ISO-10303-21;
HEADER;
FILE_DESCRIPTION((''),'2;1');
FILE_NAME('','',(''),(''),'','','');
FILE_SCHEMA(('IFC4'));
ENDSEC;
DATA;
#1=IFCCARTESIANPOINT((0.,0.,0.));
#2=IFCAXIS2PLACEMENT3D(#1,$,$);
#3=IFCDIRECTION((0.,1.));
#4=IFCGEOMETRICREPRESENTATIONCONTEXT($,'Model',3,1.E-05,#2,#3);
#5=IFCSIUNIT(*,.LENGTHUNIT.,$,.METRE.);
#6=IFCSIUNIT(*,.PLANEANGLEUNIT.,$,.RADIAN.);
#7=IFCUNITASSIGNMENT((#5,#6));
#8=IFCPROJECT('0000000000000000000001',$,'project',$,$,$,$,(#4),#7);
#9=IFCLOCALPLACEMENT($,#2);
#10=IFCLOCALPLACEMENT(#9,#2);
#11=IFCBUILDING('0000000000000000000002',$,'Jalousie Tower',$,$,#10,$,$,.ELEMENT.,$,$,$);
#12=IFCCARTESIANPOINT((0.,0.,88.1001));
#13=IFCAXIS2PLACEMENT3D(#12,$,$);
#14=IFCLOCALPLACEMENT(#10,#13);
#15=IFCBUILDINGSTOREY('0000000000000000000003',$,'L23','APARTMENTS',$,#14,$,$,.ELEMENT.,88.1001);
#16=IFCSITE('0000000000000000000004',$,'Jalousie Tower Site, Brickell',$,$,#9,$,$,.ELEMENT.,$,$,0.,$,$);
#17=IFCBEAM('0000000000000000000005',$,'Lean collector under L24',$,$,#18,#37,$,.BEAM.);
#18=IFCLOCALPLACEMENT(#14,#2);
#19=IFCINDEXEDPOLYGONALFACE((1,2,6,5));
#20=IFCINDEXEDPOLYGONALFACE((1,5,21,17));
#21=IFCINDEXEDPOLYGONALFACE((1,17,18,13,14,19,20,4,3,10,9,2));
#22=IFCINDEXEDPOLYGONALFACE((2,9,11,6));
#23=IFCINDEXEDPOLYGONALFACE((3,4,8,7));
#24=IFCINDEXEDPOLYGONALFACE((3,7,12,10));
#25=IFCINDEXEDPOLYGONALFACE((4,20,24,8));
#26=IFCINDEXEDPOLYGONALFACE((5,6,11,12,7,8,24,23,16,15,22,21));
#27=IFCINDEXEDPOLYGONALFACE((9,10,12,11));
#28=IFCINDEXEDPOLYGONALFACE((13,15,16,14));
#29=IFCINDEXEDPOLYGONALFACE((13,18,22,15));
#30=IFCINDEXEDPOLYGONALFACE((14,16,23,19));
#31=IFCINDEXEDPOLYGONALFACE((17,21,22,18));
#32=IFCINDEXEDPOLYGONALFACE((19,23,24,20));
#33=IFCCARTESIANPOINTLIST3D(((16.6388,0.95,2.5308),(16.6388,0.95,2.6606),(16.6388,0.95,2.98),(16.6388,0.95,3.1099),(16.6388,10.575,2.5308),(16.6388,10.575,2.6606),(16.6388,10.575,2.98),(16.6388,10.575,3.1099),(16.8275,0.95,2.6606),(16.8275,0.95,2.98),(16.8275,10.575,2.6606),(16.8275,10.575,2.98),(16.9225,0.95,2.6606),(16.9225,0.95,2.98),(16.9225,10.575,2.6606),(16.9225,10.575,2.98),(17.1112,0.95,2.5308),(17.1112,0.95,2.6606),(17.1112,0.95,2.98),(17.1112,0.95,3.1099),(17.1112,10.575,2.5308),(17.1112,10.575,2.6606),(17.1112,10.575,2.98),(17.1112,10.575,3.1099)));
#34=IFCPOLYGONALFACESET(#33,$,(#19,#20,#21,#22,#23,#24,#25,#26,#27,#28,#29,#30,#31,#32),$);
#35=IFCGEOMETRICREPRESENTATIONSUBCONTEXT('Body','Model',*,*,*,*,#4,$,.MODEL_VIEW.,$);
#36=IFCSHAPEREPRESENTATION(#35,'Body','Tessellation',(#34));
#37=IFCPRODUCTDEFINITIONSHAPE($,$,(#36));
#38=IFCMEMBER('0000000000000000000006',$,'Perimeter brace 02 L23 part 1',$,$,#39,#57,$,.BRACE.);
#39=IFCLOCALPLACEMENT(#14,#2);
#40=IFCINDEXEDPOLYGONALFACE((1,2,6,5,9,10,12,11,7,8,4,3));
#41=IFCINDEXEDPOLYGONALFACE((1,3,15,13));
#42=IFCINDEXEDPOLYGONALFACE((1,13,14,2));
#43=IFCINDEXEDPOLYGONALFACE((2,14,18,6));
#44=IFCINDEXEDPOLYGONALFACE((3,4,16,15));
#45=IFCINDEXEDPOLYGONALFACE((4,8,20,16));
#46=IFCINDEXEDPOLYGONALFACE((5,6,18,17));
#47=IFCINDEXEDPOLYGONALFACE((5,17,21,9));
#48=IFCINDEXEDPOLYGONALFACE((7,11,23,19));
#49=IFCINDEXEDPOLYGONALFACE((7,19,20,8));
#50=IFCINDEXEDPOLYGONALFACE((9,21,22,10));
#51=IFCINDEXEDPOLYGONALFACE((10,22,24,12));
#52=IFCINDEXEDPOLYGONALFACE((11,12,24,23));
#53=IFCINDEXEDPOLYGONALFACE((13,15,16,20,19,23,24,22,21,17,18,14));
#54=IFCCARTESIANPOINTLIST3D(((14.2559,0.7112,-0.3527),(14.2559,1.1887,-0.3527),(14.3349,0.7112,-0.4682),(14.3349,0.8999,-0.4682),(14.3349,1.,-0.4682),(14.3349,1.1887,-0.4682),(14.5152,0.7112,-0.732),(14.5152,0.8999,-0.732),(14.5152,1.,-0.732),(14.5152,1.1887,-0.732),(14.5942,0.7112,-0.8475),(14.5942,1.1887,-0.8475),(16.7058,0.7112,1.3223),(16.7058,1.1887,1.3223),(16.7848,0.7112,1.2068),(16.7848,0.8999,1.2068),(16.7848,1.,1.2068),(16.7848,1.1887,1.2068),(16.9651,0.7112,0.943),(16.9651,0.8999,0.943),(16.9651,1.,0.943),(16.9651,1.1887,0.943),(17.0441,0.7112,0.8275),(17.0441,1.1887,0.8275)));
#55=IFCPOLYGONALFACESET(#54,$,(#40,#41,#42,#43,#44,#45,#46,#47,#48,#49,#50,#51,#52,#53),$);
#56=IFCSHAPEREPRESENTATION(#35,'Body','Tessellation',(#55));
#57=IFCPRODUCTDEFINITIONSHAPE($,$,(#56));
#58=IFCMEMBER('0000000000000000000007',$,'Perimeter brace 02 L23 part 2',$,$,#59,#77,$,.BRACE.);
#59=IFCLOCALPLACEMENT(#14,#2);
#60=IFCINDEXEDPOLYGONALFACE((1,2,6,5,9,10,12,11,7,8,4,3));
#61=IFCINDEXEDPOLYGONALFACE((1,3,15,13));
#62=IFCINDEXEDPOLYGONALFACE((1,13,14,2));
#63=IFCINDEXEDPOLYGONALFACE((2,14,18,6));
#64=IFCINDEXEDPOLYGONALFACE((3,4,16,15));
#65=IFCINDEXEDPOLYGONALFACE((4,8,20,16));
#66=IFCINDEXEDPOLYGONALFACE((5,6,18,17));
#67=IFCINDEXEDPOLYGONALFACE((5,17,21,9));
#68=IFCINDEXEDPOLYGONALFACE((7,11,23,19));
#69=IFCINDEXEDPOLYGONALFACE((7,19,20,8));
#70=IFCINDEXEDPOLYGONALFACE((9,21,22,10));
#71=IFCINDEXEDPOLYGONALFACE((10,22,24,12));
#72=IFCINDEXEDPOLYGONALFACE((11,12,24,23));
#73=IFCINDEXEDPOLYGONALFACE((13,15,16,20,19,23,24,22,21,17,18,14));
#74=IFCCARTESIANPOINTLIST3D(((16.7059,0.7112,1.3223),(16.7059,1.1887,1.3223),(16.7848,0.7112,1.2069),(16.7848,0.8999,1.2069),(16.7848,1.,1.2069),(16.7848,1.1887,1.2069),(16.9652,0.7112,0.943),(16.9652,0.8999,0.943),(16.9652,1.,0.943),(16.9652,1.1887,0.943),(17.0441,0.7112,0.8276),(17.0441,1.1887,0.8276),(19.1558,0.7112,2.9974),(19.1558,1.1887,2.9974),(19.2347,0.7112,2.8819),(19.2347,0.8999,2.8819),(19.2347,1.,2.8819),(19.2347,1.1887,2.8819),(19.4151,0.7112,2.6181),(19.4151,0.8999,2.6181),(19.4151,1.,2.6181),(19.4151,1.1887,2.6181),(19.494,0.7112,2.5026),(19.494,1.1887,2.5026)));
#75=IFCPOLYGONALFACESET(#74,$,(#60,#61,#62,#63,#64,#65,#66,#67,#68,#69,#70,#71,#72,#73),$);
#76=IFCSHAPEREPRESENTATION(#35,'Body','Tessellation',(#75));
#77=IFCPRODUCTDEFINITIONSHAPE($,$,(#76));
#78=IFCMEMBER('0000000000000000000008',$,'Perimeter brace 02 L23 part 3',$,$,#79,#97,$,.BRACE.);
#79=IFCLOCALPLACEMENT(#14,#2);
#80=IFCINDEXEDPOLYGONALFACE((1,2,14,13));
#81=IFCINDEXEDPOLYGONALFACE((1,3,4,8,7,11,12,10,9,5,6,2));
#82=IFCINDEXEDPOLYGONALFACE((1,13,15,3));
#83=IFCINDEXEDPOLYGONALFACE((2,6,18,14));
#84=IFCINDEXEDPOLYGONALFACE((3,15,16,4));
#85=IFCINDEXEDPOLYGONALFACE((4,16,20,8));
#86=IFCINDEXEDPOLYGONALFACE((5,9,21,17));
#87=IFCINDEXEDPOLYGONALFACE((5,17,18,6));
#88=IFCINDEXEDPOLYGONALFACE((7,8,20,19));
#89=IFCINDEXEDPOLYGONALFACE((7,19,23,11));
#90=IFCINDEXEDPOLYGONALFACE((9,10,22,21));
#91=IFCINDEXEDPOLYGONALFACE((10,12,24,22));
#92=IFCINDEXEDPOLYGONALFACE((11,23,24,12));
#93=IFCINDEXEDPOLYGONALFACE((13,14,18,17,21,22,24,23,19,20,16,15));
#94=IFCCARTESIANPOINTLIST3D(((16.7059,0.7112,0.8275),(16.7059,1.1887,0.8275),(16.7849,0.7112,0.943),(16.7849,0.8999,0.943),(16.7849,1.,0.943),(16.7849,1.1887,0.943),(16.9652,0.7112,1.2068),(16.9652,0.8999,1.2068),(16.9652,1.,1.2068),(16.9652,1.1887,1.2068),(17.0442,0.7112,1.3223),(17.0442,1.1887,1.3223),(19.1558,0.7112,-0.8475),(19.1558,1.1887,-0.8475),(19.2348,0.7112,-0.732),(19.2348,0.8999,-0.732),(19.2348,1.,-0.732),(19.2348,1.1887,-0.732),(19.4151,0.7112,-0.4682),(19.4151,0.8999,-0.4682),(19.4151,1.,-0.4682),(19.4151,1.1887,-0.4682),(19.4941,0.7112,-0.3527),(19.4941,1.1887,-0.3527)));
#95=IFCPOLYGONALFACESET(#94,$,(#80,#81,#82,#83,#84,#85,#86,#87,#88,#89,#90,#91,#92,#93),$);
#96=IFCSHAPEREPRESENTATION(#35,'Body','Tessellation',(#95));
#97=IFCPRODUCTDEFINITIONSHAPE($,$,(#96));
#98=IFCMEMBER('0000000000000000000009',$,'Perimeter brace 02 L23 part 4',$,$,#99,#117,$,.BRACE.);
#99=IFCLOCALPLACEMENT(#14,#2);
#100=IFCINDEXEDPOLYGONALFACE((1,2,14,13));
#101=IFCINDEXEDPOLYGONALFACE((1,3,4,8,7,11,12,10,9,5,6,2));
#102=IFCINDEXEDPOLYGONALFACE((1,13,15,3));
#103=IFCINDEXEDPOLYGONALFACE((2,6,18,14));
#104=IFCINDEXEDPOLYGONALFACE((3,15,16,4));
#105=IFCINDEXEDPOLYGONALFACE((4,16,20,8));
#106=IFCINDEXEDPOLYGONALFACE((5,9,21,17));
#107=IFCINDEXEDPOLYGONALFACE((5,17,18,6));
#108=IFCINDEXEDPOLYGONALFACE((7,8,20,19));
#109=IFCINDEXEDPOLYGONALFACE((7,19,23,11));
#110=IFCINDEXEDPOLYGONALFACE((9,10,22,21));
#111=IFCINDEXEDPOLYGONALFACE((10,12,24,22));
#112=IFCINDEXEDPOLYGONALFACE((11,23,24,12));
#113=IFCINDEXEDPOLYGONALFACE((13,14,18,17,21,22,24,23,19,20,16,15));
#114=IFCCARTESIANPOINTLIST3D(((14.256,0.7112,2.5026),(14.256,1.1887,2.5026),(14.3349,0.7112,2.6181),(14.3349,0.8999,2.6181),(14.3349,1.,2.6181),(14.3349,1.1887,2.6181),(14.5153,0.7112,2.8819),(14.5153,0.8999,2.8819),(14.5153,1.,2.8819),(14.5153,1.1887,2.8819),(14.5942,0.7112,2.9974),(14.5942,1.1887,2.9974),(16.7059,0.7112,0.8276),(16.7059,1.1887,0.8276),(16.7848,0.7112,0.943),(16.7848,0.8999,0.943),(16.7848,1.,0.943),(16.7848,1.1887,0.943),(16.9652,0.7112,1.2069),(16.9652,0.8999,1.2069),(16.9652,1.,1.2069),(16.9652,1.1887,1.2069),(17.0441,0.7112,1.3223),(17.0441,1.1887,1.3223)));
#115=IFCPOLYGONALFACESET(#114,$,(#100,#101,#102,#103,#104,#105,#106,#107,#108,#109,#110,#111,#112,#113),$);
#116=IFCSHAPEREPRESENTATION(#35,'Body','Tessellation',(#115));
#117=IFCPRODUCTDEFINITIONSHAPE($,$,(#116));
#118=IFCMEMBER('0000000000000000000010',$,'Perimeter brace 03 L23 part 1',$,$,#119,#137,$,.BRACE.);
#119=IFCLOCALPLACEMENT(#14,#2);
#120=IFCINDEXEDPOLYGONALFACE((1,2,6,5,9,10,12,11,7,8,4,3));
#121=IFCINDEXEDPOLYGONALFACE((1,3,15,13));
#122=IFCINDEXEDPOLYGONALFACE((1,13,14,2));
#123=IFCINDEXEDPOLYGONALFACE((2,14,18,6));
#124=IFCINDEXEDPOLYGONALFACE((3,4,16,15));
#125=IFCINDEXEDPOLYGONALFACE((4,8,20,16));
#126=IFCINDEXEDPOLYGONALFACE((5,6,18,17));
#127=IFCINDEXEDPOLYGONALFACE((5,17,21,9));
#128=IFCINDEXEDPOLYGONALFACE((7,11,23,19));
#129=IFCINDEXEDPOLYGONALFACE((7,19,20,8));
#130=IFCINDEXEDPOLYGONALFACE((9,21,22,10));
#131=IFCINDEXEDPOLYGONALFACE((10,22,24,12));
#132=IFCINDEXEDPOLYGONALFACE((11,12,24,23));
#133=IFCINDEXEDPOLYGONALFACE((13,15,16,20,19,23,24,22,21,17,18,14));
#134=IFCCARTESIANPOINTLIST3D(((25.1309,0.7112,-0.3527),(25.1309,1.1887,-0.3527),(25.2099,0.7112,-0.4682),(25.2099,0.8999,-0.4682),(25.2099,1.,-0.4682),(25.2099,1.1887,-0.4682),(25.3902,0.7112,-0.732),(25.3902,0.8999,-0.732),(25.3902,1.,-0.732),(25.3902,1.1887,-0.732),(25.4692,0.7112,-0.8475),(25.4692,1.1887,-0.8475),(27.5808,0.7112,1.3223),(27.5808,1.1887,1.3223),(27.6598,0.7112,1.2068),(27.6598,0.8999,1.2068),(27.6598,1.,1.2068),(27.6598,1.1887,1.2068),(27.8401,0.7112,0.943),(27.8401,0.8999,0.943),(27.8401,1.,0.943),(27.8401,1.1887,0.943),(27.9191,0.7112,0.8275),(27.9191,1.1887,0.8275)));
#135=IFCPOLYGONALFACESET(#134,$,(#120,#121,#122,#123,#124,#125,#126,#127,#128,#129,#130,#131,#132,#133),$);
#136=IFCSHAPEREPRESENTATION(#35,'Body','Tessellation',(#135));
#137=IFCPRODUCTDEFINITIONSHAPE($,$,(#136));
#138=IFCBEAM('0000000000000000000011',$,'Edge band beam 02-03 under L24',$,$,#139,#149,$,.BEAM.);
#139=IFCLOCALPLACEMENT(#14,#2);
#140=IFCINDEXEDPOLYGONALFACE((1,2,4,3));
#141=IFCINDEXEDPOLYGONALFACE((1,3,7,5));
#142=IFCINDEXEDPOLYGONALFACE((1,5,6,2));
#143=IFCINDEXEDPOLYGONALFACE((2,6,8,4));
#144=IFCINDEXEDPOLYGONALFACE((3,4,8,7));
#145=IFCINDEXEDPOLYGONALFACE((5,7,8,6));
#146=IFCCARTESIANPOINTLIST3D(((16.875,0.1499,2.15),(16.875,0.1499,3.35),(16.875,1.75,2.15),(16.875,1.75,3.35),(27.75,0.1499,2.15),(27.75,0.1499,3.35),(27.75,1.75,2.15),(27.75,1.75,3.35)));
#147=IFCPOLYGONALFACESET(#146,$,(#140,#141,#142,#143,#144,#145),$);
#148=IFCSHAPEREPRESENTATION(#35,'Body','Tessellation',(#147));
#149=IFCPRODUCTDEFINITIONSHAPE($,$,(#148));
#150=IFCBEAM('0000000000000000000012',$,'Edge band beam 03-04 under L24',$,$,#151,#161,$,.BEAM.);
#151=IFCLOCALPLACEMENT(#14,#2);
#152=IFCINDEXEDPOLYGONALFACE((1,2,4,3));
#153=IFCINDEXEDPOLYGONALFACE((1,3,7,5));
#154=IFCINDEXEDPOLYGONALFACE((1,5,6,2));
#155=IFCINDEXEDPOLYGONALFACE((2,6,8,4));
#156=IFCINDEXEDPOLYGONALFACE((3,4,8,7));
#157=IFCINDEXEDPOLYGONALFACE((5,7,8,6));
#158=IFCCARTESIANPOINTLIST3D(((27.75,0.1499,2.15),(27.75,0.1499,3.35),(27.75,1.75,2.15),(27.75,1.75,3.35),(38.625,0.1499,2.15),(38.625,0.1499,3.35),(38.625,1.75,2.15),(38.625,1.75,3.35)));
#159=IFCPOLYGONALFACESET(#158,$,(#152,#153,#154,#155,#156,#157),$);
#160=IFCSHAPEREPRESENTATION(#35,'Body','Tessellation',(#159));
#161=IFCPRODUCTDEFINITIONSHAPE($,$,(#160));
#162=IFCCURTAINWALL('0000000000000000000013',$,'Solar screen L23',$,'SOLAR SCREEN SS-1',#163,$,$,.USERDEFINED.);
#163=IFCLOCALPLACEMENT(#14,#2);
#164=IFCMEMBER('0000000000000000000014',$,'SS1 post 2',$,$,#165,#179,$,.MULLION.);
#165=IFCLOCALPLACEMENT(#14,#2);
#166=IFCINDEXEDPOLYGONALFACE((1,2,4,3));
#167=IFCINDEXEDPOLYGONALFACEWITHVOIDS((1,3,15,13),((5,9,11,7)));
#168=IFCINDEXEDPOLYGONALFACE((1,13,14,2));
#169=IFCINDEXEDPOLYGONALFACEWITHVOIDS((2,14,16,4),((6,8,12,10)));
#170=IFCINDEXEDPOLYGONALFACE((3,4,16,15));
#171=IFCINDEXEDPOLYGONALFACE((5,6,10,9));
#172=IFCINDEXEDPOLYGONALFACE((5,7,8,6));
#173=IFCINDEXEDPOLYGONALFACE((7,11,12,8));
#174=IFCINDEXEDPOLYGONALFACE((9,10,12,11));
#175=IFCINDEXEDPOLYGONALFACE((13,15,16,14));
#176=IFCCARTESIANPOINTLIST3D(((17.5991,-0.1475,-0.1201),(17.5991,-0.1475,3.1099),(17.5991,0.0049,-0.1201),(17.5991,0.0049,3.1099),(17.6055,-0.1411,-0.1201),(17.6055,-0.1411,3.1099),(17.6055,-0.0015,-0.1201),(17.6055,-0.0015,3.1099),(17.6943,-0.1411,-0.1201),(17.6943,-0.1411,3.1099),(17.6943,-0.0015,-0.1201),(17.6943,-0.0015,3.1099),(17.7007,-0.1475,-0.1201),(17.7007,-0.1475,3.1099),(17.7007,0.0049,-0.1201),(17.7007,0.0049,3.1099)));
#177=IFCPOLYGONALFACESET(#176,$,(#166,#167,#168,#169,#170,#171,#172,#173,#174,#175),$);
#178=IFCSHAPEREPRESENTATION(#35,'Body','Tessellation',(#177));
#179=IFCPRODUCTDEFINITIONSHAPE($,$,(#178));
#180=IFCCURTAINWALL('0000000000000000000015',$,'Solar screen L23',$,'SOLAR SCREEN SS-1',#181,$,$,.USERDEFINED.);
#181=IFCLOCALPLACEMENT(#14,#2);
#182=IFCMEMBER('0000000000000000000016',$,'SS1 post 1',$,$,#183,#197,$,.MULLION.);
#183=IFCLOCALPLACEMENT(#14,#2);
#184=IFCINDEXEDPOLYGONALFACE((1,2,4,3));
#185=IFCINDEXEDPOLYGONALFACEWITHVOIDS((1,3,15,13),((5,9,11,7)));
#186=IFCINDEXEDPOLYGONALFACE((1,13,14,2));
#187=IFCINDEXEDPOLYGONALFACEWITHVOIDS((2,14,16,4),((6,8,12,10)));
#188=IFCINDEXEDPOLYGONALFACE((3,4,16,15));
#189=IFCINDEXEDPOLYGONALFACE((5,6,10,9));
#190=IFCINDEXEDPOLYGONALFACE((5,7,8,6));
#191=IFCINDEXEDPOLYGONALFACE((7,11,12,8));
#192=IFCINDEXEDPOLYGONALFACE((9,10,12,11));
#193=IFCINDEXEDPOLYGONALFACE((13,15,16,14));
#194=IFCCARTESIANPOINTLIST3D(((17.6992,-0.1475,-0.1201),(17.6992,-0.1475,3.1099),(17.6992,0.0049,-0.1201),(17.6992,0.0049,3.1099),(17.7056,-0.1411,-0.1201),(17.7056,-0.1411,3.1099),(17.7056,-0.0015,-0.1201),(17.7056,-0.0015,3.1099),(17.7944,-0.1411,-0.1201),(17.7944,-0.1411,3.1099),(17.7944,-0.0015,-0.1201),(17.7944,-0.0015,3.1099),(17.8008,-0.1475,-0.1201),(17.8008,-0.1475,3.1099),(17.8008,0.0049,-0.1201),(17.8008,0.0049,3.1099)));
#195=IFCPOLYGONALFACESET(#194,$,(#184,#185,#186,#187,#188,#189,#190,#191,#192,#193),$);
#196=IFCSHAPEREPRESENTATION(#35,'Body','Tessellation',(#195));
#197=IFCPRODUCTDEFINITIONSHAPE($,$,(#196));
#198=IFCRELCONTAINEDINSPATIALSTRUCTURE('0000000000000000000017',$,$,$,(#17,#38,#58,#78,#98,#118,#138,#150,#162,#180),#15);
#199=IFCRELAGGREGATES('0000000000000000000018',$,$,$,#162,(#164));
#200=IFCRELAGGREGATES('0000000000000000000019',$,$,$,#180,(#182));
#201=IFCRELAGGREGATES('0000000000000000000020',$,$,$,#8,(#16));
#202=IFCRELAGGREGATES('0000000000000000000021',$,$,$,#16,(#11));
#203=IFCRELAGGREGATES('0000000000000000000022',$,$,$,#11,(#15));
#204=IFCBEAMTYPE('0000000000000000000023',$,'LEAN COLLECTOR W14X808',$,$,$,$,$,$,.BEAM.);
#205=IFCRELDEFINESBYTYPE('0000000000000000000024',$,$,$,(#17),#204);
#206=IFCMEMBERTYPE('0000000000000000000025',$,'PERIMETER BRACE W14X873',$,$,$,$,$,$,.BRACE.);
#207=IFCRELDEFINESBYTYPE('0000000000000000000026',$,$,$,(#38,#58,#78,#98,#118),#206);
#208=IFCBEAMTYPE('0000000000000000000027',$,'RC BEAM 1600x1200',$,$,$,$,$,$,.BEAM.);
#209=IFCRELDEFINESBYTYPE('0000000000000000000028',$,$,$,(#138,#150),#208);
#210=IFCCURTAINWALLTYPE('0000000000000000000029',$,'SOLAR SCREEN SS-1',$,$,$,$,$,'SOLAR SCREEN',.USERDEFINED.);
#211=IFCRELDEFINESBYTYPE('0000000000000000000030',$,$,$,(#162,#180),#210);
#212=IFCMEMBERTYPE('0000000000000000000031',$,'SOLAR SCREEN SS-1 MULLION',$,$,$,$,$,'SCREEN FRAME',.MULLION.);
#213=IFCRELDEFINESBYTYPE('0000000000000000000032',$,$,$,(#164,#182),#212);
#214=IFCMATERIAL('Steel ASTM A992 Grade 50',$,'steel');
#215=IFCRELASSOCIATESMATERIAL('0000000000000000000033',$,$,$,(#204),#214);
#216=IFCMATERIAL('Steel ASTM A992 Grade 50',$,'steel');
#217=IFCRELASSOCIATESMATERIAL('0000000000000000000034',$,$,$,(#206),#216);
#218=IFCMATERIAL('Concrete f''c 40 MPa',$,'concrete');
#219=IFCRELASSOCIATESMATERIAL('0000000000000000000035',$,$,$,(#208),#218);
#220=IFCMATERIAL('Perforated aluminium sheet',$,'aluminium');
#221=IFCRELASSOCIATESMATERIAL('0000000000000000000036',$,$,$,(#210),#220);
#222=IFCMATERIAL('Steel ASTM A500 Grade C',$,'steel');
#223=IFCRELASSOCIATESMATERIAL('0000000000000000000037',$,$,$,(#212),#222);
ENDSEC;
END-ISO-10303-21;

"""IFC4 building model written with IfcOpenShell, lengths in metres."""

from ifc_helpers import new_model, si_unit, direction, frame, origin, origin_2d, place, context, subcontext, project, spatial, rectangle, hollow_rectangle, i_section, extrude, material, material_profile, profile_set, type_object, element, aggregate, save


model = new_model("IFC4")

# Units and contexts
model_context = context("Model", 3, precision=1e-05, world=origin(), true_north=direction((0.0, 1.0)))
body_context = subcontext(model_context, "Body", "Model", "MODEL_VIEW")
ifc_project = project(units=[si_unit("LENGTHUNIT", "METRE"), si_unit("PLANEANGLEUNIT", "RADIAN")], contexts=[model_context])

# Site, building, storey
site_placement = place(None, origin())
site = spatial("IfcSite", under=ifc_project, at=site_placement, Name="Jalousie Tower Site, Brickell", CompositionType="ELEMENT", RefElevation=0.0)
building_placement = place(site_placement, origin())
building = spatial("IfcBuilding", under=site, at=building_placement, Name="Jalousie Tower", CompositionType="ELEMENT")
storey_placement = place(building_placement, frame((0.0, 0.0, 88.1001)))
storey = spatial("IfcBuildingStorey", under=building, at=storey_placement, Name="L23", Description="APARTMENTS", CompositionType="ELEMENT", Elevation=88.1001)

# Beam
ifc_material_1 = material(Name="Steel ASTM A992 Grade 50", Category="steel")
ifc_material_profile_1 = material_profile(ifc_material_1, i_section(OverallWidth=0.4724, OverallDepth=0.5791, WebThickness=0.095, FlangeThickness=0.1299, at=origin_2d()), Name="W14X808")
ifc_profile_set_1 = profile_set([ifc_material_profile_1], Name="Steel ASTM A992 Grade 50")
beam_type_1 = type_object("IfcBeamType", Name="LEAN COLLECTOR W14X808", PredefinedType="BEAM", material=ifc_profile_set_1)
beam_placement = place(storey_placement, frame((16.875, 0.95, 2.8203), z_axis=(0.0, 1.0, 0.0), x_axis=(-1.0, 0.0, 0.0)))
element("IfcBeam", 1, at=beam_placement, inside=storey, type_object=beam_type_1, Name="Lean collector under L24", PredefinedType="BEAM", context=body_context, shape_type="SweptSolid", body=[
    extrude(i_section(OverallWidth=0.4724, OverallDepth=0.5791, WebThickness=0.095, FlangeThickness=0.1299, at=origin_2d()), origin(), (0.0, 0.0, 1.0), 9.625),
])

# Members
ifc_material_2 = material(Name="Steel ASTM A992 Grade 50", Category="steel")
ifc_material_profile_2 = material_profile(ifc_material_2, i_section(OverallWidth=0.4775, OverallDepth=0.5994, WebThickness=0.1001, FlangeThickness=0.1399, at=origin_2d()), Name="W14X873")
ifc_profile_set_2 = profile_set([ifc_material_profile_2], Name="Steel ASTM A992 Grade 50")
member_type_1 = type_object("IfcMemberType", Name="PERIMETER BRACE W14X873", PredefinedType="BRACE", material=ifc_profile_set_2)
for number, where, z_axis, x_axis, name in (
    (2, (14.425, 0.95, -0.6001), (0.825501, 0.0, 0.564401), (0.0, 1.0, 0.0), "Perimeter brace 02 L23 part 1"),
    (3, (16.875, 0.95, 1.075), (0.825501, 0.0, 0.564401), (0.0, 1.0, 0.0), "Perimeter brace 02 L23 part 2"),
    (4, (19.325, 0.95, -0.6001), (-0.825501, 0.0, 0.564401), (0.0, -1.0, 0.0), "Perimeter brace 02 L23 part 3"),
    (5, (16.875, 0.95, 1.075), (-0.825501, 0.0, 0.564401), (0.0, -1.0, 0.0), "Perimeter brace 02 L23 part 4"),
    (6, (25.3, 0.95, -0.6001), (0.825501, 0.0, 0.564401), (0.0, 1.0, 0.0), "Perimeter brace 03 L23 part 1"),
):
    element("IfcMember", number, at=place(storey_placement, frame(where, z_axis=z_axis, x_axis=x_axis)), inside=storey, type_object=member_type_1, Name=name, PredefinedType="BRACE", context=body_context, shape_type="SweptSolid", body=[
        extrude(i_section(OverallWidth=0.4775, OverallDepth=0.5994, WebThickness=0.1001, FlangeThickness=0.1399, at=origin_2d()), origin(), (0.0, 0.0, 1.0), 2.9678),
    ])

# Beams
ifc_material_3 = material(Name="Concrete f'c 40 MPa", Category="concrete")
ifc_material_profile_3 = material_profile(ifc_material_3, rectangle(XDim=1.6001, YDim=1.2, at=origin_2d()), Name="RC 1600x1200")
ifc_profile_set_3 = profile_set([ifc_material_profile_3], Name="Concrete f'c 40 MPa")
beam_type_2 = type_object("IfcBeamType", Name="RC BEAM 1600x1200", PredefinedType="BEAM", material=ifc_profile_set_3)
for number, where, z_axis, x_axis, name in (
    (7, (16.875, 0.95, 2.75), (1.0, 0.0, 0.0), (0.0, 1.0, 0.0), "Edge band beam 02-03 under L24"),
    (8, (27.75, 0.95, 2.75), (1.0, 0.0, 0.0), (0.0, 1.0, 0.0), "Edge band beam 03-04 under L24"),
):
    element("IfcBeam", number, at=place(storey_placement, frame(where, z_axis=z_axis, x_axis=x_axis)), inside=storey, type_object=beam_type_2, Name=name, PredefinedType="BEAM", context=body_context, shape_type="SweptSolid", body=[
        extrude(rectangle(XDim=1.6001, YDim=1.2, at=origin_2d()), origin(), (0.0, 0.0, 1.0), 10.875),
    ])

# Curtain wall, member
ifc_material_4 = material(Name="Perforated aluminium sheet", Category="aluminium")
curtain_wall_type = type_object("IfcCurtainWallType", Name="SOLAR SCREEN SS-1", ElementType="SOLAR SCREEN", PredefinedType="USERDEFINED", material=ifc_material_4)
curtain_wall_1_placement = place(storey_placement, origin())
curtain_wall_1 = element("IfcCurtainWall", 9, at=curtain_wall_1_placement, inside=storey, type_object=curtain_wall_type, Name="Solar screen L23", ObjectType="SOLAR SCREEN SS-1", PredefinedType="USERDEFINED")
ifc_material_5 = material(Name="Steel ASTM A500 Grade C", Category="steel")
ifc_material_profile_4 = material_profile(ifc_material_5, hollow_rectangle(XDim=0.1016, YDim=0.1523, WallThickness=0.0063, at=origin_2d()), Name="HSS6X4X1/4")
ifc_profile_set_4 = profile_set([ifc_material_profile_4], Name="Steel ASTM A500 Grade C")
member_type_2 = type_object("IfcMemberType", Name="SOLAR SCREEN SS-1 MULLION", ElementType="SCREEN FRAME", PredefinedType="MULLION", material=ifc_profile_set_4)
member_1_placement = place(storey_placement, frame((17.6499, -0.0713, -0.1201), z_axis=(0.0, 0.0, 1.0), x_axis=(1.0, 0.0, 0.0)))
member_1 = element("IfcMember", 10, at=member_1_placement, type_object=member_type_2, Name="SS1 post 2", PredefinedType="MULLION", context=body_context, shape_type="SweptSolid", body=[
    extrude(hollow_rectangle(XDim=0.1016, YDim=0.1523, WallThickness=0.0063, at=origin_2d()), origin(), (0.0, 0.0, 1.0), 3.23),
])
aggregate(curtain_wall_1, [member_1])

# Curtain wall, member
curtain_wall_2_placement = place(storey_placement, origin())
curtain_wall_2 = element("IfcCurtainWall", 11, at=curtain_wall_2_placement, inside=storey, type_object=curtain_wall_type, Name="Solar screen L23", ObjectType="SOLAR SCREEN SS-1", PredefinedType="USERDEFINED")
member_2_placement = place(storey_placement, frame((17.75, -0.0713, -0.1201), z_axis=(0.0, 0.0, 1.0), x_axis=(1.0, 0.0, 0.0)))
member_2 = element("IfcMember", 12, at=member_2_placement, type_object=member_type_2, Name="SS1 post 1", PredefinedType="MULLION", context=body_context, shape_type="SweptSolid", body=[
    extrude(hollow_rectangle(XDim=0.1016, YDim=0.1523, WallThickness=0.0063, at=origin_2d()), origin(), (0.0, 0.0, 1.0), 3.23),
])

aggregate(curtain_wall_2, [member_2])

save(model, "model.ifc")
